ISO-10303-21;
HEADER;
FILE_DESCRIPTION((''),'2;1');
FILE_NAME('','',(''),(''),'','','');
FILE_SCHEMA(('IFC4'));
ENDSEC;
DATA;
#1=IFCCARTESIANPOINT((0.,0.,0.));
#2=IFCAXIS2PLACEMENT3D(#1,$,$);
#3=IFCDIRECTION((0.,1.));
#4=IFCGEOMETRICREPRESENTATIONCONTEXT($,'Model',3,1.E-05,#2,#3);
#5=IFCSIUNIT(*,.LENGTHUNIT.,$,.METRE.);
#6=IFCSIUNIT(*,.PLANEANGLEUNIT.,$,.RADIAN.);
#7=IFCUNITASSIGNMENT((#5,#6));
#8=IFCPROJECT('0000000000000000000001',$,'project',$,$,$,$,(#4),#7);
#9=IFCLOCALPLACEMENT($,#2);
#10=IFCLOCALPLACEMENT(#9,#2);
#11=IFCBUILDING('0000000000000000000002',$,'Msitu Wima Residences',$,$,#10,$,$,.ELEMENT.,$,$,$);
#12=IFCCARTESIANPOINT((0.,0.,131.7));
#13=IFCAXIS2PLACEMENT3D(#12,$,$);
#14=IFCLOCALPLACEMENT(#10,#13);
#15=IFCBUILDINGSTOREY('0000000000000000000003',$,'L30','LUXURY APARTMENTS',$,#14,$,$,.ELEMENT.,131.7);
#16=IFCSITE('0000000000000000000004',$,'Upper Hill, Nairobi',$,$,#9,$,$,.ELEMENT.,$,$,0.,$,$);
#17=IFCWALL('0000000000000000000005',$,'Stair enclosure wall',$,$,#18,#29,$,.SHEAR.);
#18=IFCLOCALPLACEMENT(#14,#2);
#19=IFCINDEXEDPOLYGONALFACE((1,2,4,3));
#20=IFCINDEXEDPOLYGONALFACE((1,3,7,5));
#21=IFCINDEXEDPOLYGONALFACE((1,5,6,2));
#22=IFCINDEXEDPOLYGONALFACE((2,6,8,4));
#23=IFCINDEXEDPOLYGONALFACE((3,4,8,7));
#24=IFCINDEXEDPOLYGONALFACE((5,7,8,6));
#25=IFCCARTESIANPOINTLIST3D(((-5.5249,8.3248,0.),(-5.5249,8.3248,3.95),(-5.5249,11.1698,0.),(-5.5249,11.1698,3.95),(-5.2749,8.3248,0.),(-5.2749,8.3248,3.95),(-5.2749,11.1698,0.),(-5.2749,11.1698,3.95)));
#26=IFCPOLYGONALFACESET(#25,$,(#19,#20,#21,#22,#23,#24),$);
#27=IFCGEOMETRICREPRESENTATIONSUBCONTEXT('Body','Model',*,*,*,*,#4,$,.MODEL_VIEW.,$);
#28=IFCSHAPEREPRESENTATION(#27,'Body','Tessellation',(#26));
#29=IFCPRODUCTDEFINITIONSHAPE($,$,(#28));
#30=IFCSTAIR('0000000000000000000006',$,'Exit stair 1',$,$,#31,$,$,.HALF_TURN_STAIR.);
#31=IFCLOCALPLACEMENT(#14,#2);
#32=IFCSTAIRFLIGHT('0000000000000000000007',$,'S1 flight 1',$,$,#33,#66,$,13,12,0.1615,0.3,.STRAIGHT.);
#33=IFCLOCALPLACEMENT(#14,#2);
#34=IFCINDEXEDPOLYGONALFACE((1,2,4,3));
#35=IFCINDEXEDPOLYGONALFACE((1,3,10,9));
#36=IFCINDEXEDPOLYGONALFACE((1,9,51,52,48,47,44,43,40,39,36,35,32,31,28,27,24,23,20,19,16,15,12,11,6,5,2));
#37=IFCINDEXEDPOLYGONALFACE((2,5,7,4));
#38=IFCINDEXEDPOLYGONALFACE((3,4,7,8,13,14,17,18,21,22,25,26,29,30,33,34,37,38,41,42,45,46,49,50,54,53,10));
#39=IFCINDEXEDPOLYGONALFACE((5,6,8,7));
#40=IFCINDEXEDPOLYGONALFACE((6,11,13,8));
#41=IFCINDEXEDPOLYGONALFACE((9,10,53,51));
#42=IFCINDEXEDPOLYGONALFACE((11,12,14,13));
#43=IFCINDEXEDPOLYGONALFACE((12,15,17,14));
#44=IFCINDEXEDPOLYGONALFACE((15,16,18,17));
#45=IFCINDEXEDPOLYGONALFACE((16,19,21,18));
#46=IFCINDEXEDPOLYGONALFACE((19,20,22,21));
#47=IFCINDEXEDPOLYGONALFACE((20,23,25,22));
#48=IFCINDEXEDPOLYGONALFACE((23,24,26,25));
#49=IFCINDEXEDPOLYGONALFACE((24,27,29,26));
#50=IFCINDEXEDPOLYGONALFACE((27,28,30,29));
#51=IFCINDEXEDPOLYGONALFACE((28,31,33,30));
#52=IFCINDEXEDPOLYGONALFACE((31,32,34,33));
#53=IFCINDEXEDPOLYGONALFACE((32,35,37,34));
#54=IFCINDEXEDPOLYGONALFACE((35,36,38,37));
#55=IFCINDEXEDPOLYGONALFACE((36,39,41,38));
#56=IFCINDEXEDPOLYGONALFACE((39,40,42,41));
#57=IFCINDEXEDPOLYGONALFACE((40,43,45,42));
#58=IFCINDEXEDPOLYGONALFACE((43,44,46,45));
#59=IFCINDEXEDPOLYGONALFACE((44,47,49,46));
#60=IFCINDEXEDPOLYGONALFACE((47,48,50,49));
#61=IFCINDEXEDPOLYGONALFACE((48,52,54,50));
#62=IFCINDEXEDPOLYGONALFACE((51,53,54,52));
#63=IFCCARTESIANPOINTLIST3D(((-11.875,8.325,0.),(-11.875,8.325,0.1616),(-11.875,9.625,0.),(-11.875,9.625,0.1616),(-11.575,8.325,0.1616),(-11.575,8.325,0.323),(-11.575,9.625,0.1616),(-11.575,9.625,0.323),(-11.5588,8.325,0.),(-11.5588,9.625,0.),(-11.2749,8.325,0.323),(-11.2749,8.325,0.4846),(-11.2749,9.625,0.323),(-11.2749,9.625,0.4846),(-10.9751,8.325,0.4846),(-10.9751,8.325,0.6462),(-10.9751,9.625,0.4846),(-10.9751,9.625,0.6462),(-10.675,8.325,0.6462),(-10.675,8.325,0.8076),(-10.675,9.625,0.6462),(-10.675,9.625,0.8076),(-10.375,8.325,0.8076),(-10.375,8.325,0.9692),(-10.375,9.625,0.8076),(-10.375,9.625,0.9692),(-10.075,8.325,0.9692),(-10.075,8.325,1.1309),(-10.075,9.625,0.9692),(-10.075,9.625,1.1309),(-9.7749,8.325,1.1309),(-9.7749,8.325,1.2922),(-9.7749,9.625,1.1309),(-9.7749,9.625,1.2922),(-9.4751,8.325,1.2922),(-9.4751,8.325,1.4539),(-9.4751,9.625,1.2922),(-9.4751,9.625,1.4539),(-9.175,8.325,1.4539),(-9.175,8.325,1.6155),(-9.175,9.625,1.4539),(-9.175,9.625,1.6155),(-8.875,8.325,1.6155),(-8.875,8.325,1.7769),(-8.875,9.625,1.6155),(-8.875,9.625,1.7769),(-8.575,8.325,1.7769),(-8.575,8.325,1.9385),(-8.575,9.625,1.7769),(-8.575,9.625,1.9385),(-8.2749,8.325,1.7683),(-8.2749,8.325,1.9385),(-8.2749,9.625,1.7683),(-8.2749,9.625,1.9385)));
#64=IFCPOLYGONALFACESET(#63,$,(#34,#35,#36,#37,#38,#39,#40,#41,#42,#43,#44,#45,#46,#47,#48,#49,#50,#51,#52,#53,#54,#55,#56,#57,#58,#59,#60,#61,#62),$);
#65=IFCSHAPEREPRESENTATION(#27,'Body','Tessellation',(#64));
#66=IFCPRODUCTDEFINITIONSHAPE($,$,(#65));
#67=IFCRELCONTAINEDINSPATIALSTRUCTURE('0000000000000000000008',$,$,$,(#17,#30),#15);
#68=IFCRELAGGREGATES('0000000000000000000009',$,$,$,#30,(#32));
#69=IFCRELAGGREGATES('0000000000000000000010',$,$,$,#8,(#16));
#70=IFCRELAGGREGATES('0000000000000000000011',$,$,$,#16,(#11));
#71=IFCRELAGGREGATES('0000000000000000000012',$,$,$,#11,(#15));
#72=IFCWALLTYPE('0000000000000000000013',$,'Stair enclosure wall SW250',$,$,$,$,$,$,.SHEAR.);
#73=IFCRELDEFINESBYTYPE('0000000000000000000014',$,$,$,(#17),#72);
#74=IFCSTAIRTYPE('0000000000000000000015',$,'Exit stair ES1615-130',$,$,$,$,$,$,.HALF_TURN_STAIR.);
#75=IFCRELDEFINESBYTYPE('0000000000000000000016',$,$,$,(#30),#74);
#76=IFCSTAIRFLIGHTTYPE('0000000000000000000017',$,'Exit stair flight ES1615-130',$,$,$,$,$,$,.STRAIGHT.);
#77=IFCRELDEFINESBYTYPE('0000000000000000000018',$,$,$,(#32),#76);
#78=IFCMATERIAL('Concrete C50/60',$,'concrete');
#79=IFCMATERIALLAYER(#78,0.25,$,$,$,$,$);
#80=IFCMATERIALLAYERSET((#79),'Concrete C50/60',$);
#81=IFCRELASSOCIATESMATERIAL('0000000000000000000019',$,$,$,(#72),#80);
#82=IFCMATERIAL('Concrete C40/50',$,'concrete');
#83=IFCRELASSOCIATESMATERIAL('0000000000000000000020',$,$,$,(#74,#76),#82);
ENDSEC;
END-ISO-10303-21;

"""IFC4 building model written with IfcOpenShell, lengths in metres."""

from ifc_helpers import new_model, si_unit, direction, frame, frame_2d, origin, place, context, subcontext, project, spatial, polyline, rectangle, outline, extrude, material, layer, layer_set, type_object, element, aggregate, save


model = new_model("IFC4")

# Units and contexts
model_context = context("Model", 3, precision=1e-05, world=origin(), true_north=direction((0.0, 1.0)))
body_context = subcontext(model_context, "Body", "Model", "MODEL_VIEW")
ifc_project = project(units=[si_unit("LENGTHUNIT", "METRE"), si_unit("PLANEANGLEUNIT", "RADIAN")], contexts=[model_context])

# Site, building, storey
site_placement = place(None, origin())
site = spatial("IfcSite", under=ifc_project, at=site_placement, Name="Upper Hill, Nairobi", CompositionType="ELEMENT", RefElevation=0.0)
building_placement = place(site_placement, origin())
building = spatial("IfcBuilding", under=site, at=building_placement, Name="Msitu Wima Residences", CompositionType="ELEMENT")
storey_placement = place(building_placement, frame((0.0, 0.0, 131.7)))
storey = spatial("IfcBuildingStorey", under=building, at=storey_placement, Name="L30", Description="LUXURY APARTMENTS", CompositionType="ELEMENT", Elevation=131.7)

# Shared definitions
ifc_material_1 = material(Name="Concrete C40/50", Category="concrete")

# Wall
ifc_material_2 = material(Name="Concrete C50/60", Category="concrete")
ifc_layer_1 = layer(ifc_material_2, 0.25)
ifc_layer_set_1 = layer_set([ifc_layer_1], Name="Concrete C50/60")
wall_type_1 = type_object("IfcWallType", Name="Stair enclosure wall SW250", PredefinedType="SHEAR", material=ifc_layer_set_1)
wall_1_placement = place(storey_placement, frame((-5.3999, 8.325, 0.0), z_axis=(0.0, 0.0, 1.0), x_axis=(0.0, 1.0, 0.0)))
element("IfcWall", 1, at=wall_1_placement, inside=storey, type_object=wall_type_1, Name="Stair enclosure wall", PredefinedType="SHEAR", context=body_context, shape_type="SweptSolid", body=[
    extrude(rectangle(XDim=2.845, YDim=0.25, at=frame_2d((1.4224, 0.0))), origin(), (0.0, 0.0, 1.0), 3.95),
])

# Stair, stair flight
stair_type = type_object("IfcStairType", Name="Exit stair ES1615-130", PredefinedType="HALF_TURN_STAIR", material=ifc_material_1)
stair_placement = place(storey_placement, origin())
stair = element("IfcStair", 2, at=stair_placement, inside=storey, type_object=stair_type, Name="Exit stair 1", PredefinedType="HALF_TURN_STAIR")
stair_flight_type = type_object("IfcStairFlightType", Name="Exit stair flight ES1615-130", PredefinedType="STRAIGHT", material=ifc_material_1)
stair_flight_placement = place(storey_placement, frame((-11.875, 8.9751, 0.0), z_axis=(0.0, 0.0, 1.0), x_axis=(1.0, 0.0, 0.0)))
stair_flight = element("IfcStairFlight", 3, at=stair_flight_placement, type_object=stair_flight_type, Name="S1 flight 1", NumberOfRisers=13, NumberOfTreads=12, PredefinedType="STRAIGHT", RiserHeight=0.1615, TreadLength=0.3, context=body_context, shape_type="SweptSolid", body=[
    extrude(outline(polyline([(0.0, 0.0), (0.0, 0.1616), (0.3, 0.1616), (0.3, 0.323), (0.6001, 0.323), (0.6001, 0.4846), (0.8999, 0.4846), (0.8999, 0.6462), (1.2, 0.6462), (1.2, 0.8076), (1.5, 0.8076), (1.5, 0.9692), (1.8, 0.9692), (1.8, 1.1309), (2.1001, 1.1309), (2.1001, 1.2922), (2.3999, 1.2922), (2.3999, 1.4539), (2.7, 1.4539), (2.7, 1.6155), (3.0, 1.6155), (3.0, 1.7769), (3.3, 1.7769), (3.3, 1.9385), (3.6001, 1.9385), (3.6001, 2.1001), (3.6001, 1.7683), (0.3162, 0.0), (0.0, 0.0)])), frame((0.0, 0.6499, 0.0), z_axis=(0.0, -1.0, 0.0), x_axis=(1.0, 0.0, 0.0)), (0.0, 0.0, 1.0), 1.3),
])
aggregate(stair, [stair_flight])

save(model, "model.ifc")
